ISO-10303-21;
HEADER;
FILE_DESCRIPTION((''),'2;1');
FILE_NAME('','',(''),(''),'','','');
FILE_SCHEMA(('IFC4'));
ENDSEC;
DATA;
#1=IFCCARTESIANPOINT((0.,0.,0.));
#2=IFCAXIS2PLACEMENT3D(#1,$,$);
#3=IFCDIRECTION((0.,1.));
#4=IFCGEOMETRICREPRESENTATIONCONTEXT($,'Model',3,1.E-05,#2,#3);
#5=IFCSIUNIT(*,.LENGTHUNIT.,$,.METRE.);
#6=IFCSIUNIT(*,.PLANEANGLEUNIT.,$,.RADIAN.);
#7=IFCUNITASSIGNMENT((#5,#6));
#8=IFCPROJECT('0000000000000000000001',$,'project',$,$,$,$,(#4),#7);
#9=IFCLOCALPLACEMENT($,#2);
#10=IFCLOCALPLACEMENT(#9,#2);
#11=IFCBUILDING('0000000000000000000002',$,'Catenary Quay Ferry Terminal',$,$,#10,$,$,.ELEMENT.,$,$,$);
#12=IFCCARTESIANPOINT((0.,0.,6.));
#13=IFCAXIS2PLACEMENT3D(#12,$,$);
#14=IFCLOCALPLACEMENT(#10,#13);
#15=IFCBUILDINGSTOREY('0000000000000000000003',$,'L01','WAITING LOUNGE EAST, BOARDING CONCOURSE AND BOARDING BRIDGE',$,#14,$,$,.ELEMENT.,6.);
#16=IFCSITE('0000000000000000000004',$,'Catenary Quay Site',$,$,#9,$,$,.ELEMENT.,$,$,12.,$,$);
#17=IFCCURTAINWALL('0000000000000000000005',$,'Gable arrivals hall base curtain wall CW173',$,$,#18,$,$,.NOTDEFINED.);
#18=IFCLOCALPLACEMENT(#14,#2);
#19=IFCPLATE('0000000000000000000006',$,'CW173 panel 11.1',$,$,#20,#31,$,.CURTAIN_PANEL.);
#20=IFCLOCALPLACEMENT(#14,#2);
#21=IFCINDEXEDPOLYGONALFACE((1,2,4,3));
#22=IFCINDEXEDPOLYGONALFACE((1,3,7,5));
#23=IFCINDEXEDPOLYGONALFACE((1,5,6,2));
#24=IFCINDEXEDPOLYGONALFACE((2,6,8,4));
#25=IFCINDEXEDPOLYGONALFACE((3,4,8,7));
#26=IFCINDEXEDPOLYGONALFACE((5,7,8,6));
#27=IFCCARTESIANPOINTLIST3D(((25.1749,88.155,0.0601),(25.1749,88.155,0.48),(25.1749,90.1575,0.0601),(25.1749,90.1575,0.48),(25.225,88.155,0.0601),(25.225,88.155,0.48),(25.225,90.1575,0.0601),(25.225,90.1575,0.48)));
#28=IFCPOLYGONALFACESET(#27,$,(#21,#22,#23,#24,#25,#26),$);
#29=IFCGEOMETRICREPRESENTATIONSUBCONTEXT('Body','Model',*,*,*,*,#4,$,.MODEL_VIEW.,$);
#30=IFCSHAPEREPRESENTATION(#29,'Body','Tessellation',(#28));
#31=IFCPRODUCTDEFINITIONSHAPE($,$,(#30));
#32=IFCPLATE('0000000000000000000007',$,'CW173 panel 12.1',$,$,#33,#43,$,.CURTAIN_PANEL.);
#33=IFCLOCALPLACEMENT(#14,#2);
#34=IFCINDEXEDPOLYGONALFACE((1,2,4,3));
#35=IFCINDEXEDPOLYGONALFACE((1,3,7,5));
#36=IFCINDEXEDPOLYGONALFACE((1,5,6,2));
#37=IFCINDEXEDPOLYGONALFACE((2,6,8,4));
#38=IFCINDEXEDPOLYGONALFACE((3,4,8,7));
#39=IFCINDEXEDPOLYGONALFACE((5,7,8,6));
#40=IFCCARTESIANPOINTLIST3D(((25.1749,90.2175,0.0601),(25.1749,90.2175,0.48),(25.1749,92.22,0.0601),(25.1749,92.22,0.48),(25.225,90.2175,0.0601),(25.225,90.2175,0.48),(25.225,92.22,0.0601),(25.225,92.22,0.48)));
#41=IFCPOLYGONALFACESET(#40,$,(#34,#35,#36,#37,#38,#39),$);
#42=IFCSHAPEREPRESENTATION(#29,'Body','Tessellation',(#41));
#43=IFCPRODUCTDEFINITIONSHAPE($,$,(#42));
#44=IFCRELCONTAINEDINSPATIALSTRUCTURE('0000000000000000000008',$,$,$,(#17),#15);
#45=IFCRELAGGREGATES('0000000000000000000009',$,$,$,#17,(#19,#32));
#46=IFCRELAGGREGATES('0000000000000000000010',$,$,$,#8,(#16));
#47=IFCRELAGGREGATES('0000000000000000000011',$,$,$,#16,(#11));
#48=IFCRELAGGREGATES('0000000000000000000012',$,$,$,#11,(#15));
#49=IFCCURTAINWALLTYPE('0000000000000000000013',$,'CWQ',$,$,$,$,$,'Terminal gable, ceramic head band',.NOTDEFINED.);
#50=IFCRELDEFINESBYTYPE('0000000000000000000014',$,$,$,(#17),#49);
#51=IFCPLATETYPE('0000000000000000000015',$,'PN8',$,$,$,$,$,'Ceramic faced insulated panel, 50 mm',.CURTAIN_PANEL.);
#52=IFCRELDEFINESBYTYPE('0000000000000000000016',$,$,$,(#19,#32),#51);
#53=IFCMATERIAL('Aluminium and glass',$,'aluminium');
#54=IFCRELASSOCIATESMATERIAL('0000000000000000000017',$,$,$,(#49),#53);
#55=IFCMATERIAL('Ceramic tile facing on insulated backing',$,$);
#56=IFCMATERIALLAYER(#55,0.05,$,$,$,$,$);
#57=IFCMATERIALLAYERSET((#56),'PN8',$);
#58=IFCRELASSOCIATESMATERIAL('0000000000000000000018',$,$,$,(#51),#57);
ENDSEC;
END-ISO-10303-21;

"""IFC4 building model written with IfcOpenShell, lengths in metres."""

from ifc_helpers import new_model, si_unit, direction, frame, origin, origin_2d, place, context, subcontext, project, spatial, rectangle, extrude, material, layer, layer_set, type_object, element, aggregate, save


model = new_model("IFC4")

# Units and contexts
model_context = context("Model", 3, precision=1e-05, world=origin(), true_north=direction((0.0, 1.0)))
body_context = subcontext(model_context, "Body", "Model", "MODEL_VIEW")
ifc_project = project(units=[si_unit("LENGTHUNIT", "METRE"), si_unit("PLANEANGLEUNIT", "RADIAN")], contexts=[model_context])

# Site, building, storey
site_placement = place(None, origin())
site = spatial("IfcSite", under=ifc_project, at=site_placement, Name="Catenary Quay Site", CompositionType="ELEMENT", RefElevation=12.0)
building_placement = place(site_placement, origin())
building = spatial("IfcBuilding", under=site, at=building_placement, Name="Catenary Quay Ferry Terminal", CompositionType="ELEMENT")
storey_placement = place(building_placement, frame((0.0, 0.0, 6.0)))
storey = spatial("IfcBuildingStorey", under=building, at=storey_placement, Name="L01", Description="WAITING LOUNGE EAST, BOARDING CONCOURSE AND BOARDING BRIDGE", CompositionType="ELEMENT", Elevation=6.0)

# Curtain wall
ifc_material_1 = material(Name="Aluminium and glass", Category="aluminium")
curtain_wall_type_1 = type_object("IfcCurtainWallType", Name="CWQ", ElementType="Terminal gable, ceramic head band", PredefinedType="NOTDEFINED", material=ifc_material_1)
curtain_wall_1_placement = place(storey_placement, origin())
curtain_wall_1 = element("IfcCurtainWall", 1, at=curtain_wall_1_placement, inside=storey, type_object=curtain_wall_type_1, Name="Gable arrivals hall base curtain wall CW173", PredefinedType="NOTDEFINED")

# Plates
ifc_material_2 = material(Name="Ceramic tile facing on insulated backing")
ifc_layer_1 = layer(ifc_material_2, 0.05)
ifc_layer_set_1 = layer_set([ifc_layer_1], Name="PN8")
plate_type_1 = type_object("IfcPlateType", Name="PN8", ElementType="Ceramic faced insulated panel, 50 mm", PredefinedType="CURTAIN_PANEL", material=ifc_layer_set_1)
plate_1_placement = place(storey_placement, frame((25.2, 89.1562, 0.0601), z_axis=(0.0, 0.0, 1.0), x_axis=(0.0, 1.0, 0.0)))
plate_1 = element("IfcPlate", 2, at=plate_1_placement, type_object=plate_type_1, Name="CW173 panel 11.1", PredefinedType="CURTAIN_PANEL", context=body_context, shape_type="SweptSolid", body=[
    extrude(rectangle(XDim=2.0024, YDim=0.05, at=origin_2d()), origin(), (0.0, 0.0, 1.0), 0.4199),
])
plate_2_placement = place(storey_placement, frame((25.2, 91.2188, 0.0601), z_axis=(0.0, 0.0, 1.0), x_axis=(0.0, 1.0, 0.0)))
plate_2 = element("IfcPlate", 3, at=plate_2_placement, type_object=plate_type_1, Name="CW173 panel 12.1", PredefinedType="CURTAIN_PANEL", context=body_context, shape_type="SweptSolid", body=[
    extrude(rectangle(XDim=2.0024, YDim=0.05, at=origin_2d()), origin(), (0.0, 0.0, 1.0), 0.4199),
])
aggregate(curtain_wall_1, [plate_1, plate_2])

save(model, "model.ifc")
